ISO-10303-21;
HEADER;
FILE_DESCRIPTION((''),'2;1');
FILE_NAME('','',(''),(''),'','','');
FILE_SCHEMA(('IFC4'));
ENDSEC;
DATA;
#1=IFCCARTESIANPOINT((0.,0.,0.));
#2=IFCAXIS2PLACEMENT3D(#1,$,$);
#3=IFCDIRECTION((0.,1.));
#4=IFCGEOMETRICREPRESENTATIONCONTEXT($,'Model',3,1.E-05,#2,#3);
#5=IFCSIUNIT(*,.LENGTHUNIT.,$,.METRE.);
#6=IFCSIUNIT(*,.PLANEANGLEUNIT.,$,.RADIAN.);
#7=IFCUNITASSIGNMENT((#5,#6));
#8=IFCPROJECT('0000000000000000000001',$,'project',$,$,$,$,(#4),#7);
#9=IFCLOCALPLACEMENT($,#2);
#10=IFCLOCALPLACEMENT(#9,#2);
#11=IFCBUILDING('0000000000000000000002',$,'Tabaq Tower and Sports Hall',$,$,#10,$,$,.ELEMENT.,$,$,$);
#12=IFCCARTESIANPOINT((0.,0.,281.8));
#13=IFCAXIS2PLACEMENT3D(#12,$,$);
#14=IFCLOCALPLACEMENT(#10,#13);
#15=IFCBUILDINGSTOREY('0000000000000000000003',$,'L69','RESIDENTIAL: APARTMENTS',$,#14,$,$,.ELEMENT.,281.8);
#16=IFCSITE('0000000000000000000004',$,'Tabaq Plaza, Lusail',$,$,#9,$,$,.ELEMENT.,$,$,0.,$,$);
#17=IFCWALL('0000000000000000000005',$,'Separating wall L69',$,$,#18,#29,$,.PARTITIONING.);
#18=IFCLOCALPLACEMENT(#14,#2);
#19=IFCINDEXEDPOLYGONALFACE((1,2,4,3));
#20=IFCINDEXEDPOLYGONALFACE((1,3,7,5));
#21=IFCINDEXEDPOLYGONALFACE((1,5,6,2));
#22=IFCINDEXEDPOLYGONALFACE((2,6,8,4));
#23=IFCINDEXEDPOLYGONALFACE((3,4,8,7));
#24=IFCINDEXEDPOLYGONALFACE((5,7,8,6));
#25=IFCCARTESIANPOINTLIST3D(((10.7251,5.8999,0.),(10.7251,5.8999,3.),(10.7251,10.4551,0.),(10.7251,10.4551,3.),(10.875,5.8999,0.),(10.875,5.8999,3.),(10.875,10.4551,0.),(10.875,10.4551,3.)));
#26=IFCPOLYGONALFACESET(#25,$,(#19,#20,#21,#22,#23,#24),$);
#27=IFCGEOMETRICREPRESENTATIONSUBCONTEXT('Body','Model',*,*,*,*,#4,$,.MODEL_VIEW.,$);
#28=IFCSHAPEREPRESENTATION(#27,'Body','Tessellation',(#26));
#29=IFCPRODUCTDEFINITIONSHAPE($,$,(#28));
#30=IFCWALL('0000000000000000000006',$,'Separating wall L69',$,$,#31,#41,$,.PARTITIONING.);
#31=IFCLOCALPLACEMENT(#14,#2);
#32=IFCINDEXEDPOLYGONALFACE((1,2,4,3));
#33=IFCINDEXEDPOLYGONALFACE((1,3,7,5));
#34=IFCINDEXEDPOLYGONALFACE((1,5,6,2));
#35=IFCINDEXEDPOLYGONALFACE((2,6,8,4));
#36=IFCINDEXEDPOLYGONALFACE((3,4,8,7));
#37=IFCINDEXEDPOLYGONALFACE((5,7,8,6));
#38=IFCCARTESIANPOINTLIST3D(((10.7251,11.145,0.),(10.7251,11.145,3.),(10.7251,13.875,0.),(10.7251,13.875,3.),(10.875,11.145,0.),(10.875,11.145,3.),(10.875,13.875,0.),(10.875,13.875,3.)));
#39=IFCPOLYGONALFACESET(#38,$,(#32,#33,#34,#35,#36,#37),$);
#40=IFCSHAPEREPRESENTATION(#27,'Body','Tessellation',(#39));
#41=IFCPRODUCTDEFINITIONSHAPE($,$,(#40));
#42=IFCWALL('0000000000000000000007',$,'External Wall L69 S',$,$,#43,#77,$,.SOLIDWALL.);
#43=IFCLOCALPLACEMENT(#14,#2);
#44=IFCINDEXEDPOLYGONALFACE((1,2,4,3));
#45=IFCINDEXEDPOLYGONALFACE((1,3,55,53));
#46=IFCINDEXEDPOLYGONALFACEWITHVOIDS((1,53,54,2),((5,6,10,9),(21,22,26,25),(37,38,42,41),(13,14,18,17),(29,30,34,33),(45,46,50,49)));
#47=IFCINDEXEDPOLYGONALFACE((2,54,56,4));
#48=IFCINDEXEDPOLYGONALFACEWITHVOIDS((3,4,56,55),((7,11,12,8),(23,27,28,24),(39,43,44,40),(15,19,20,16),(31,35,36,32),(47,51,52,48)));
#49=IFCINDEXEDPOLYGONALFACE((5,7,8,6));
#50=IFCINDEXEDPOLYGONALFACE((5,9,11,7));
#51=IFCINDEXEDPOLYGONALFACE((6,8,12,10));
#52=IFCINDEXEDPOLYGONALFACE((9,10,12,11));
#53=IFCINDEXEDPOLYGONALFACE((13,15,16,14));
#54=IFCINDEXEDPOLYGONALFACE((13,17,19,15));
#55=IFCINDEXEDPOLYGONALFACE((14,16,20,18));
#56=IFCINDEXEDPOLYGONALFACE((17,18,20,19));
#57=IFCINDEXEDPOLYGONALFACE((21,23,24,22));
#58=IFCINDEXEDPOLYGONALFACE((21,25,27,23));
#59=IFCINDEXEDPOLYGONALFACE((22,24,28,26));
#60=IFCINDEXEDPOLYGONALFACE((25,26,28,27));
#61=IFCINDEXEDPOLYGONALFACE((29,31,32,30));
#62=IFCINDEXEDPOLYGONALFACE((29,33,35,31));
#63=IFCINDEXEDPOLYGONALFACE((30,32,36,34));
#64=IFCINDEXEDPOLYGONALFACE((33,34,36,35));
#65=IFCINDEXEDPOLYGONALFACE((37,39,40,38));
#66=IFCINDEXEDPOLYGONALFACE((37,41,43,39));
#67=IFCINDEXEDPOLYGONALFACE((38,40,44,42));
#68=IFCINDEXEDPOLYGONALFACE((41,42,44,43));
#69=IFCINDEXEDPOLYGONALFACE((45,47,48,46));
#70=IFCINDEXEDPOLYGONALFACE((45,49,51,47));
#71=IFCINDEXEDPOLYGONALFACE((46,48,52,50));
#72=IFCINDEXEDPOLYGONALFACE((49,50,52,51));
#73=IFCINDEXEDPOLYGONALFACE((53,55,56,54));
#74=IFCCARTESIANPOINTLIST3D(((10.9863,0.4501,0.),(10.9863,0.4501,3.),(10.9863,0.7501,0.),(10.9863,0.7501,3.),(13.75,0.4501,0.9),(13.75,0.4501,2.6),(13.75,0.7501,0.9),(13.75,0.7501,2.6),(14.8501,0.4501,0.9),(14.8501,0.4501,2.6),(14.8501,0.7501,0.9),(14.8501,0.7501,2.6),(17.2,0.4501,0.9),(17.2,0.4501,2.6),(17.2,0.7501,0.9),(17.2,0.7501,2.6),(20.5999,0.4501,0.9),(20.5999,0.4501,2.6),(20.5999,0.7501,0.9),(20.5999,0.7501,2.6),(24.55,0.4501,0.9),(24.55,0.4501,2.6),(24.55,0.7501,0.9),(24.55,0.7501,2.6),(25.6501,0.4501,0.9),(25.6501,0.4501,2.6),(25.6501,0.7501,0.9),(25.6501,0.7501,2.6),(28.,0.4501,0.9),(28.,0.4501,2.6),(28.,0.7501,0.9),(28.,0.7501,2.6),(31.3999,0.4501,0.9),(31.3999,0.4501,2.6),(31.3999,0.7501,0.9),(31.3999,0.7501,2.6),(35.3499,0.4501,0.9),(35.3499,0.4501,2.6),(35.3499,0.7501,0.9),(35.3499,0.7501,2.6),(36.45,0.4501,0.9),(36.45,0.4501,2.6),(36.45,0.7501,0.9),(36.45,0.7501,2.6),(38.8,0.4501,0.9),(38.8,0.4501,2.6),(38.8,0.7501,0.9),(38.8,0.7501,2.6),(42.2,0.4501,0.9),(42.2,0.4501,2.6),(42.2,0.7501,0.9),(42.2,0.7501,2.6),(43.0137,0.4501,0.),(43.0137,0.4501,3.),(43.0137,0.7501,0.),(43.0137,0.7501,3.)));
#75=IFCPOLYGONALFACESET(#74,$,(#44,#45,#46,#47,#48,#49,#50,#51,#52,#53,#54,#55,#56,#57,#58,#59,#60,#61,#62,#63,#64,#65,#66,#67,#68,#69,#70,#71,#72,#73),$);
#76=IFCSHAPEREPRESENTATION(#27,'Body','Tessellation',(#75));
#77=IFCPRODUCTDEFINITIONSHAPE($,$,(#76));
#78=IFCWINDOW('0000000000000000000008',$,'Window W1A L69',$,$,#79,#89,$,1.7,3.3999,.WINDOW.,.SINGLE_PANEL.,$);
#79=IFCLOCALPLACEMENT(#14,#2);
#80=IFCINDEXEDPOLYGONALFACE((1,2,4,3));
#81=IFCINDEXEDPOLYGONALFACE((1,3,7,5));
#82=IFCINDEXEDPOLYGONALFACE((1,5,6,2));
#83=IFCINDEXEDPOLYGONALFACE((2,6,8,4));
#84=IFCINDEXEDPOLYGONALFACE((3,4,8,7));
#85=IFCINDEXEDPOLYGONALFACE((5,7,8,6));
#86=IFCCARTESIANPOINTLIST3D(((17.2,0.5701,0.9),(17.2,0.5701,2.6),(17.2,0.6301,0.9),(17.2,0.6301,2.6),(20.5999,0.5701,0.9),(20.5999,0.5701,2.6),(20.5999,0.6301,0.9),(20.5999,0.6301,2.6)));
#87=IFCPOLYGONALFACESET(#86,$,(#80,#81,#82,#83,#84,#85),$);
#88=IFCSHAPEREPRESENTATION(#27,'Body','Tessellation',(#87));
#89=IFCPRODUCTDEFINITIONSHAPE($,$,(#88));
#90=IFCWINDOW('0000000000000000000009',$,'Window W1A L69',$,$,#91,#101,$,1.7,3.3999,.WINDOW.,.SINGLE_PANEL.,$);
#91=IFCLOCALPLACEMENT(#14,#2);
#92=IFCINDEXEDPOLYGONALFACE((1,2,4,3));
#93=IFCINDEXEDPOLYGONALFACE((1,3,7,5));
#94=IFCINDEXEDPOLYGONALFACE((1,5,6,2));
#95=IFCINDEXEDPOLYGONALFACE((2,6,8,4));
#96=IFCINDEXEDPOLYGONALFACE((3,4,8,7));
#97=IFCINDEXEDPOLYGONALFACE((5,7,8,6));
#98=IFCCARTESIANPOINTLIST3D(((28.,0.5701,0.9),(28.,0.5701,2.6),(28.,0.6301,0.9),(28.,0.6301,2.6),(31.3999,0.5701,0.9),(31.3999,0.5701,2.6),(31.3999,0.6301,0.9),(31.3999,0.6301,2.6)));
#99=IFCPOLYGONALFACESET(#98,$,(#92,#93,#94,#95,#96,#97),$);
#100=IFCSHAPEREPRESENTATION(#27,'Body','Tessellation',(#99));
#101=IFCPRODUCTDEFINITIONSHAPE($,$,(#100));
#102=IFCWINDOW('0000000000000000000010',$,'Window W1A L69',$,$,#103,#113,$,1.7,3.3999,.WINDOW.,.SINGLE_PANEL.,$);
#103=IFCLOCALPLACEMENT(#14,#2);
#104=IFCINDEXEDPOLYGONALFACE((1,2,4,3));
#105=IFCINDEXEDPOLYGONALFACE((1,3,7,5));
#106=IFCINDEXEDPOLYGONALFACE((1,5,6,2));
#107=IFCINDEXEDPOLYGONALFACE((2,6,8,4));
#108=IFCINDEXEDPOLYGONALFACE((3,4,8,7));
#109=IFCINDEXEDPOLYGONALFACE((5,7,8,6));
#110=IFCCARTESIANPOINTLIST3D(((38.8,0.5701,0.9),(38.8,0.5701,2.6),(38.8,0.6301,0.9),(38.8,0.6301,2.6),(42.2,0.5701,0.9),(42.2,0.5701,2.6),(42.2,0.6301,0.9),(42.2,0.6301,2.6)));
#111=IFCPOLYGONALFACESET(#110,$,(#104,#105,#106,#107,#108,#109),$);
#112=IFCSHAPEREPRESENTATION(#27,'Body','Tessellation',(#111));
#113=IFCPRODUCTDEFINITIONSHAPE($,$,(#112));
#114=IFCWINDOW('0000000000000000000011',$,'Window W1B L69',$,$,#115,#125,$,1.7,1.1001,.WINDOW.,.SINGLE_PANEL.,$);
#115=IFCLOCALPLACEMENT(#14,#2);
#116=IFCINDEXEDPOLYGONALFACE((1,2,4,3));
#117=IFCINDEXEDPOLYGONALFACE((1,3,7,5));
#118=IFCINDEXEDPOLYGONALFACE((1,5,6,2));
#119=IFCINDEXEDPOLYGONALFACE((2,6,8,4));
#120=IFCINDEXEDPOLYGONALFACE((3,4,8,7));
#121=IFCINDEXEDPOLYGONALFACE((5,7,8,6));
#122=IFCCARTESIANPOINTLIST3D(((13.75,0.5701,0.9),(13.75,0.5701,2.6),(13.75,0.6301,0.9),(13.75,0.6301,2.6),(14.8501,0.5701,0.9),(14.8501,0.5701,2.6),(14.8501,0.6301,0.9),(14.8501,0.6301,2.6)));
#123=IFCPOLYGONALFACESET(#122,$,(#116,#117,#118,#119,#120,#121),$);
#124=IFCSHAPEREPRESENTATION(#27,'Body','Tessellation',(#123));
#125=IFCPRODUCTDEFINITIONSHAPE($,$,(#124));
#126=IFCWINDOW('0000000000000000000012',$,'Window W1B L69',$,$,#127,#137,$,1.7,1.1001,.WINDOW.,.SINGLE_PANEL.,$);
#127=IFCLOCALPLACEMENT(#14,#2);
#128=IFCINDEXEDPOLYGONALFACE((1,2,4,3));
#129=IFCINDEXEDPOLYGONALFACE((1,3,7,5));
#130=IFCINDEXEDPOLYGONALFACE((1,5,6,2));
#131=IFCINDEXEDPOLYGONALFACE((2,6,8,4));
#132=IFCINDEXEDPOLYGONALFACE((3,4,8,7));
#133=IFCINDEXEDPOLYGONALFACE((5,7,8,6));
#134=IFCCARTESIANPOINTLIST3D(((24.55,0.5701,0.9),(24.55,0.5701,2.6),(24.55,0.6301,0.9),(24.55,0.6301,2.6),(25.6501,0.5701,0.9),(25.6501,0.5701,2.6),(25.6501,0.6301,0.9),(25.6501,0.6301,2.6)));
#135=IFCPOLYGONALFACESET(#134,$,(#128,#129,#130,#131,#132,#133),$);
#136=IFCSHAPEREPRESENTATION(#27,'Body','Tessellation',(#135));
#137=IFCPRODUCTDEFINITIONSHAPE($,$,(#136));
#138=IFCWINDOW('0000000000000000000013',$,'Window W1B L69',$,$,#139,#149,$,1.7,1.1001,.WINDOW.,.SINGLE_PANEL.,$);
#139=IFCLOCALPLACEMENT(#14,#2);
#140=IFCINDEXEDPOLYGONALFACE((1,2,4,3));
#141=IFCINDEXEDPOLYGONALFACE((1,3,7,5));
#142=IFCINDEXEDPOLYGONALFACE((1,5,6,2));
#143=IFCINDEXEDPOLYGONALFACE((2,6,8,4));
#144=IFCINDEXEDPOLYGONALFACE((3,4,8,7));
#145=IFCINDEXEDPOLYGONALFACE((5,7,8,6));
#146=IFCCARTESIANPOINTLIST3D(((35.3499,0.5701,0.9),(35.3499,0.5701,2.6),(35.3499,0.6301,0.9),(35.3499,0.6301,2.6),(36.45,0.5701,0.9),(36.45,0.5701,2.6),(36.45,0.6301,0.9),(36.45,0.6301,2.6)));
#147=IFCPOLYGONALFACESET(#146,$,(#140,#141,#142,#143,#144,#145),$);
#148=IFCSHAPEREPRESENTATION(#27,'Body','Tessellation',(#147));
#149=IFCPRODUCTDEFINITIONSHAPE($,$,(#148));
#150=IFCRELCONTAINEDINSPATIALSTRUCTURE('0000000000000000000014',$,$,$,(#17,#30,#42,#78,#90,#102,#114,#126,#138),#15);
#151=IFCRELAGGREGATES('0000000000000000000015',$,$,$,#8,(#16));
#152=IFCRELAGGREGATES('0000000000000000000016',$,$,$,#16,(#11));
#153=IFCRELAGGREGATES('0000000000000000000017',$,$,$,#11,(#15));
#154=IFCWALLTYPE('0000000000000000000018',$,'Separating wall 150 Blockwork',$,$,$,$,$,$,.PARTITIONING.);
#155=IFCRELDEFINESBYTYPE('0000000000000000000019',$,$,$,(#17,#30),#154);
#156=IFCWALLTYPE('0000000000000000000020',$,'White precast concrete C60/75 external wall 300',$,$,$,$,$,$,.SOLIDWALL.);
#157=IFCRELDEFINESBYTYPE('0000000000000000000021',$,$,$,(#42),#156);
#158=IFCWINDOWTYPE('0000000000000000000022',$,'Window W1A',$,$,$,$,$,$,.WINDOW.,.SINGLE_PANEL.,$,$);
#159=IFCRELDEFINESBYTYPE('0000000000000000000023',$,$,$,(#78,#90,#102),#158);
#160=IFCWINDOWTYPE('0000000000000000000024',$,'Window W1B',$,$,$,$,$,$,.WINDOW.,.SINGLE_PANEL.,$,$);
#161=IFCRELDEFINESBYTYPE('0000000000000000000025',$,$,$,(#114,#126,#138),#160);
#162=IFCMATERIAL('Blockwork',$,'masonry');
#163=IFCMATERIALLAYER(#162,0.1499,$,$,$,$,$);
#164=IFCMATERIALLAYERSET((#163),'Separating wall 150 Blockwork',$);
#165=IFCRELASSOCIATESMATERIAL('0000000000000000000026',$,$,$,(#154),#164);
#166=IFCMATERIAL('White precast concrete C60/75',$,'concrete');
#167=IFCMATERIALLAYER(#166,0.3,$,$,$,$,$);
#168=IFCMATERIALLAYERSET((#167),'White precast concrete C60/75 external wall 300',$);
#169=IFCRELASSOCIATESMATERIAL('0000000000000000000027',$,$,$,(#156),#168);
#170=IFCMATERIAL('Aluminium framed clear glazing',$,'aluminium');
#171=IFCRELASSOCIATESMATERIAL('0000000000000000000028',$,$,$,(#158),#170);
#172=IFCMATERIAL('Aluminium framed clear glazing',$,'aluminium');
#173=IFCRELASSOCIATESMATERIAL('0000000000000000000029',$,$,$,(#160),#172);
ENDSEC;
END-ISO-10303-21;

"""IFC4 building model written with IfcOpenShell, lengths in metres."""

from ifc_helpers import new_model, si_unit, direction, frame, frame_2d, origin, place, context, subcontext, project, spatial, rectangle, extrude, material, layer, layer_set, type_object, element, fill, save


model = new_model("IFC4")

# Units and contexts
model_context = context("Model", 3, precision=1e-05, world=origin(), true_north=direction((0.0, 1.0)))
body_context = subcontext(model_context, "Body", "Model", "MODEL_VIEW")
ifc_project = project(units=[si_unit("LENGTHUNIT", "METRE"), si_unit("PLANEANGLEUNIT", "RADIAN")], contexts=[model_context])

# Site, building, storey
site_placement = place(None, origin())
site = spatial("IfcSite", under=ifc_project, at=site_placement, Name="Tabaq Plaza, Lusail", CompositionType="ELEMENT", RefElevation=0.0)
building_placement = place(site_placement, origin())
building = spatial("IfcBuilding", under=site, at=building_placement, Name="Tabaq Tower and Sports Hall", CompositionType="ELEMENT")
storey_placement = place(building_placement, frame((0.0, 0.0, 281.8)))
storey = spatial("IfcBuildingStorey", under=building, at=storey_placement, Name="L69", Description="RESIDENTIAL: APARTMENTS", CompositionType="ELEMENT", Elevation=281.8)

# Walls
ifc_material_1 = material(Name="Blockwork", Category="masonry")
ifc_layer_1 = layer(ifc_material_1, 0.1499)
ifc_layer_set_1 = layer_set([ifc_layer_1], Name="Separating wall 150 Blockwork")
wall_type_1 = type_object("IfcWallType", Name="Separating wall 150 Blockwork", PredefinedType="PARTITIONING", material=ifc_layer_set_1)
wall_1_placement = place(storey_placement, frame((10.8, 5.8999, 0.0), z_axis=(0.0, 0.0, 1.0), x_axis=(0.0, 1.0, 0.0)))
element("IfcWall", 1, at=wall_1_placement, inside=storey, type_object=wall_type_1, Name="Separating wall L69", PredefinedType="PARTITIONING", context=body_context, shape_type="SweptSolid", body=[
    extrude(rectangle(XDim=4.5552, YDim=0.1499, at=frame_2d((2.2776, 0.0))), origin(), (0.0, 0.0, 1.0), 3.0),
])
wall_2_placement = place(storey_placement, frame((10.8, 11.145, 0.0), z_axis=(0.0, 0.0, 1.0), x_axis=(0.0, 1.0, 0.0)))
element("IfcWall", 2, at=wall_2_placement, inside=storey, type_object=wall_type_1, Name="Separating wall L69", PredefinedType="PARTITIONING", context=body_context, shape_type="SweptSolid", body=[
    extrude(rectangle(XDim=2.73, YDim=0.1499, at=frame_2d((1.365, 0.0))), origin(), (0.0, 0.0, 1.0), 3.0),
])

# Wall, openings, windows
ifc_material_2 = material(Name="White precast concrete C60/75", Category="concrete")
ifc_layer_2 = layer(ifc_material_2, 0.3)
ifc_layer_set_2 = layer_set([ifc_layer_2], Name="White precast concrete C60/75 external wall 300")
wall_type_2 = type_object("IfcWallType", Name="White precast concrete C60/75 external wall 300", PredefinedType="SOLIDWALL", material=ifc_layer_set_2)
wall_3_placement = place(storey_placement, frame((10.9863, 0.6001, 0.0), z_axis=(0.0, 0.0, 1.0), x_axis=(1.0, 0.0, 0.0)))
wall_3 = element("IfcWall", 3, at=wall_3_placement, inside=storey, type_object=wall_type_2, Name="External Wall L69 S", PredefinedType="SOLIDWALL", context=body_context, shape_type="SweptSolid", body=[
    extrude(rectangle(XDim=32.0273, YDim=0.3, at=frame_2d((16.0137, 0.0))), origin(), (0.0, 0.0, 1.0), 3.0),
])
opening_1_placement = place(wall_3_placement, frame((2.7637, 0.0, 0.8999)))
opening_1 = element("IfcOpeningElement", 4, at=opening_1_placement, cuts=wall_3, PredefinedType="OPENING", context=body_context, shape_type="SweptSolid", body=[
    extrude(rectangle(XDim=1.1001, YDim=1.7, at=frame_2d((0.55, 0.8501))), frame((0.0, 0.1602, 0.0), z_axis=(0.0, -1.0, 0.0), x_axis=(1.0, 0.0, 0.0)), (0.0, 0.0, 1.0), 0.3201),
])
opening_2_placement = place(wall_3_placement, frame((6.2136, 0.0, 0.8999)))
opening_2 = element("IfcOpeningElement", 5, at=opening_2_placement, cuts=wall_3, PredefinedType="OPENING", context=body_context, shape_type="SweptSolid", body=[
    extrude(rectangle(XDim=3.3999, YDim=1.7, at=frame_2d((1.7, 0.8501))), frame((0.0, 0.1602, 0.0), z_axis=(0.0, -1.0, 0.0), x_axis=(1.0, 0.0, 0.0)), (0.0, 0.0, 1.0), 0.3201),
])
opening_3_placement = place(wall_3_placement, frame((13.5637, 0.0, 0.8999)))
opening_3 = element("IfcOpeningElement", 6, at=opening_3_placement, cuts=wall_3, PredefinedType="OPENING", context=body_context, shape_type="SweptSolid", body=[
    extrude(rectangle(XDim=1.1001, YDim=1.7, at=frame_2d((0.55, 0.8501))), frame((0.0, 0.1602, 0.0), z_axis=(0.0, -1.0, 0.0), x_axis=(1.0, 0.0, 0.0)), (0.0, 0.0, 1.0), 0.3201),
])
opening_4_placement = place(wall_3_placement, frame((17.0137, 0.0, 0.8999)))
opening_4 = element("IfcOpeningElement", 7, at=opening_4_placement, cuts=wall_3, PredefinedType="OPENING", context=body_context, shape_type="SweptSolid", body=[
    extrude(rectangle(XDim=3.3999, YDim=1.7, at=frame_2d((1.7, 0.8501))), frame((0.0, 0.1602, 0.0), z_axis=(0.0, -1.0, 0.0), x_axis=(1.0, 0.0, 0.0)), (0.0, 0.0, 1.0), 0.3201),
])
opening_5_placement = place(wall_3_placement, frame((24.3635, 0.0, 0.8999)))
opening_5 = element("IfcOpeningElement", 8, at=opening_5_placement, cuts=wall_3, PredefinedType="OPENING", context=body_context, shape_type="SweptSolid", body=[
    extrude(rectangle(XDim=1.1001, YDim=1.7, at=frame_2d((0.55, 0.8501))), frame((0.0, 0.1602, 0.0), z_axis=(0.0, -1.0, 0.0), x_axis=(1.0, 0.0, 0.0)), (0.0, 0.0, 1.0), 0.3201),
])
opening_6_placement = place(wall_3_placement, frame((27.8137, 0.0, 0.8999)))
opening_6 = element("IfcOpeningElement", 9, at=opening_6_placement, cuts=wall_3, PredefinedType="OPENING", context=body_context, shape_type="SweptSolid", body=[
    extrude(rectangle(XDim=3.3999, YDim=1.7, at=frame_2d((1.7, 0.8501))), frame((0.0, 0.1602, 0.0), z_axis=(0.0, -1.0, 0.0), x_axis=(1.0, 0.0, 0.0)), (0.0, 0.0, 1.0), 0.3201),
])
ifc_material_3 = material(Name="Aluminium framed clear glazing", Category="aluminium")
window_type_1 = type_object("IfcWindowType", Name="Window W1A", PartitioningType="SINGLE_PANEL", PredefinedType="WINDOW", material=ifc_material_3)
window_1_placement = place(opening_2_placement, origin())
window_1 = element("IfcWindow", 10, at=window_1_placement, inside=storey, type_object=window_type_1, Name="Window W1A L69", OverallHeight=1.7, OverallWidth=3.3999, PartitioningType="SINGLE_PANEL", PredefinedType="WINDOW", context=body_context, shape_type="SweptSolid", body=[
    extrude(rectangle(XDim=3.3999, YDim=1.7, at=frame_2d((1.7, 0.8501))), frame((0.0, 0.03, 0.0), z_axis=(0.0, -1.0, 0.0), x_axis=(1.0, 0.0, 0.0)), (0.0, 0.0, 1.0), 0.0601),
])
fill(opening_2, window_1)
window_2_placement = place(opening_4_placement, origin())
window_2 = element("IfcWindow", 11, at=window_2_placement, inside=storey, type_object=window_type_1, Name="Window W1A L69", OverallHeight=1.7, OverallWidth=3.3999, PartitioningType="SINGLE_PANEL", PredefinedType="WINDOW", context=body_context, shape_type="SweptSolid", body=[
    extrude(rectangle(XDim=3.3999, YDim=1.7, at=frame_2d((1.7, 0.8501))), frame((0.0, 0.03, 0.0), z_axis=(0.0, -1.0, 0.0), x_axis=(1.0, 0.0, 0.0)), (0.0, 0.0, 1.0), 0.0601),
])
fill(opening_4, window_2)
window_3_placement = place(opening_6_placement, origin())
window_3 = element("IfcWindow", 12, at=window_3_placement, inside=storey, type_object=window_type_1, Name="Window W1A L69", OverallHeight=1.7, OverallWidth=3.3999, PartitioningType="SINGLE_PANEL", PredefinedType="WINDOW", context=body_context, shape_type="SweptSolid", body=[
    extrude(rectangle(XDim=3.3999, YDim=1.7, at=frame_2d((1.7, 0.8501))), frame((0.0, 0.03, 0.0), z_axis=(0.0, -1.0, 0.0), x_axis=(1.0, 0.0, 0.0)), (0.0, 0.0, 1.0), 0.0601),
])
fill(opening_6, window_3)
ifc_material_4 = material(Name="Aluminium framed clear glazing", Category="aluminium")
window_type_2 = type_object("IfcWindowType", Name="Window W1B", PartitioningType="SINGLE_PANEL", PredefinedType="WINDOW", material=ifc_material_4)
window_4_placement = place(opening_1_placement, origin())
window_4 = element("IfcWindow", 13, at=window_4_placement, inside=storey, type_object=window_type_2, Name="Window W1B L69", OverallHeight=1.7, OverallWidth=1.1001, PartitioningType="SINGLE_PANEL", PredefinedType="WINDOW", context=body_context, shape_type="SweptSolid", body=[
    extrude(rectangle(XDim=1.1001, YDim=1.7, at=frame_2d((0.55, 0.8501))), frame((0.0, 0.03, 0.0), z_axis=(0.0, -1.0, 0.0), x_axis=(1.0, 0.0, 0.0)), (0.0, 0.0, 1.0), 0.0601),
])
fill(opening_1, window_4)
window_5_placement = place(opening_3_placement, origin())
window_5 = element("IfcWindow", 14, at=window_5_placement, inside=storey, type_object=window_type_2, Name="Window W1B L69", OverallHeight=1.7, OverallWidth=1.1001, PartitioningType="SINGLE_PANEL", PredefinedType="WINDOW", context=body_context, shape_type="SweptSolid", body=[
    extrude(rectangle(XDim=1.1001, YDim=1.7, at=frame_2d((0.55, 0.8501))), frame((0.0, 0.03, 0.0), z_axis=(0.0, -1.0, 0.0), x_axis=(1.0, 0.0, 0.0)), (0.0, 0.0, 1.0), 0.0601),
])
fill(opening_3, window_5)
window_6_placement = place(opening_5_placement, origin())
window_6 = element("IfcWindow", 15, at=window_6_placement, inside=storey, type_object=window_type_2, Name="Window W1B L69", OverallHeight=1.7, OverallWidth=1.1001, PartitioningType="SINGLE_PANEL", PredefinedType="WINDOW", context=body_context, shape_type="SweptSolid", body=[
    extrude(rectangle(XDim=1.1001, YDim=1.7, at=frame_2d((0.55, 0.8501))), frame((0.0, 0.03, 0.0), z_axis=(0.0, -1.0, 0.0), x_axis=(1.0, 0.0, 0.0)), (0.0, 0.0, 1.0), 0.0601),
])
fill(opening_5, window_6)

save(model, "model.ifc")
